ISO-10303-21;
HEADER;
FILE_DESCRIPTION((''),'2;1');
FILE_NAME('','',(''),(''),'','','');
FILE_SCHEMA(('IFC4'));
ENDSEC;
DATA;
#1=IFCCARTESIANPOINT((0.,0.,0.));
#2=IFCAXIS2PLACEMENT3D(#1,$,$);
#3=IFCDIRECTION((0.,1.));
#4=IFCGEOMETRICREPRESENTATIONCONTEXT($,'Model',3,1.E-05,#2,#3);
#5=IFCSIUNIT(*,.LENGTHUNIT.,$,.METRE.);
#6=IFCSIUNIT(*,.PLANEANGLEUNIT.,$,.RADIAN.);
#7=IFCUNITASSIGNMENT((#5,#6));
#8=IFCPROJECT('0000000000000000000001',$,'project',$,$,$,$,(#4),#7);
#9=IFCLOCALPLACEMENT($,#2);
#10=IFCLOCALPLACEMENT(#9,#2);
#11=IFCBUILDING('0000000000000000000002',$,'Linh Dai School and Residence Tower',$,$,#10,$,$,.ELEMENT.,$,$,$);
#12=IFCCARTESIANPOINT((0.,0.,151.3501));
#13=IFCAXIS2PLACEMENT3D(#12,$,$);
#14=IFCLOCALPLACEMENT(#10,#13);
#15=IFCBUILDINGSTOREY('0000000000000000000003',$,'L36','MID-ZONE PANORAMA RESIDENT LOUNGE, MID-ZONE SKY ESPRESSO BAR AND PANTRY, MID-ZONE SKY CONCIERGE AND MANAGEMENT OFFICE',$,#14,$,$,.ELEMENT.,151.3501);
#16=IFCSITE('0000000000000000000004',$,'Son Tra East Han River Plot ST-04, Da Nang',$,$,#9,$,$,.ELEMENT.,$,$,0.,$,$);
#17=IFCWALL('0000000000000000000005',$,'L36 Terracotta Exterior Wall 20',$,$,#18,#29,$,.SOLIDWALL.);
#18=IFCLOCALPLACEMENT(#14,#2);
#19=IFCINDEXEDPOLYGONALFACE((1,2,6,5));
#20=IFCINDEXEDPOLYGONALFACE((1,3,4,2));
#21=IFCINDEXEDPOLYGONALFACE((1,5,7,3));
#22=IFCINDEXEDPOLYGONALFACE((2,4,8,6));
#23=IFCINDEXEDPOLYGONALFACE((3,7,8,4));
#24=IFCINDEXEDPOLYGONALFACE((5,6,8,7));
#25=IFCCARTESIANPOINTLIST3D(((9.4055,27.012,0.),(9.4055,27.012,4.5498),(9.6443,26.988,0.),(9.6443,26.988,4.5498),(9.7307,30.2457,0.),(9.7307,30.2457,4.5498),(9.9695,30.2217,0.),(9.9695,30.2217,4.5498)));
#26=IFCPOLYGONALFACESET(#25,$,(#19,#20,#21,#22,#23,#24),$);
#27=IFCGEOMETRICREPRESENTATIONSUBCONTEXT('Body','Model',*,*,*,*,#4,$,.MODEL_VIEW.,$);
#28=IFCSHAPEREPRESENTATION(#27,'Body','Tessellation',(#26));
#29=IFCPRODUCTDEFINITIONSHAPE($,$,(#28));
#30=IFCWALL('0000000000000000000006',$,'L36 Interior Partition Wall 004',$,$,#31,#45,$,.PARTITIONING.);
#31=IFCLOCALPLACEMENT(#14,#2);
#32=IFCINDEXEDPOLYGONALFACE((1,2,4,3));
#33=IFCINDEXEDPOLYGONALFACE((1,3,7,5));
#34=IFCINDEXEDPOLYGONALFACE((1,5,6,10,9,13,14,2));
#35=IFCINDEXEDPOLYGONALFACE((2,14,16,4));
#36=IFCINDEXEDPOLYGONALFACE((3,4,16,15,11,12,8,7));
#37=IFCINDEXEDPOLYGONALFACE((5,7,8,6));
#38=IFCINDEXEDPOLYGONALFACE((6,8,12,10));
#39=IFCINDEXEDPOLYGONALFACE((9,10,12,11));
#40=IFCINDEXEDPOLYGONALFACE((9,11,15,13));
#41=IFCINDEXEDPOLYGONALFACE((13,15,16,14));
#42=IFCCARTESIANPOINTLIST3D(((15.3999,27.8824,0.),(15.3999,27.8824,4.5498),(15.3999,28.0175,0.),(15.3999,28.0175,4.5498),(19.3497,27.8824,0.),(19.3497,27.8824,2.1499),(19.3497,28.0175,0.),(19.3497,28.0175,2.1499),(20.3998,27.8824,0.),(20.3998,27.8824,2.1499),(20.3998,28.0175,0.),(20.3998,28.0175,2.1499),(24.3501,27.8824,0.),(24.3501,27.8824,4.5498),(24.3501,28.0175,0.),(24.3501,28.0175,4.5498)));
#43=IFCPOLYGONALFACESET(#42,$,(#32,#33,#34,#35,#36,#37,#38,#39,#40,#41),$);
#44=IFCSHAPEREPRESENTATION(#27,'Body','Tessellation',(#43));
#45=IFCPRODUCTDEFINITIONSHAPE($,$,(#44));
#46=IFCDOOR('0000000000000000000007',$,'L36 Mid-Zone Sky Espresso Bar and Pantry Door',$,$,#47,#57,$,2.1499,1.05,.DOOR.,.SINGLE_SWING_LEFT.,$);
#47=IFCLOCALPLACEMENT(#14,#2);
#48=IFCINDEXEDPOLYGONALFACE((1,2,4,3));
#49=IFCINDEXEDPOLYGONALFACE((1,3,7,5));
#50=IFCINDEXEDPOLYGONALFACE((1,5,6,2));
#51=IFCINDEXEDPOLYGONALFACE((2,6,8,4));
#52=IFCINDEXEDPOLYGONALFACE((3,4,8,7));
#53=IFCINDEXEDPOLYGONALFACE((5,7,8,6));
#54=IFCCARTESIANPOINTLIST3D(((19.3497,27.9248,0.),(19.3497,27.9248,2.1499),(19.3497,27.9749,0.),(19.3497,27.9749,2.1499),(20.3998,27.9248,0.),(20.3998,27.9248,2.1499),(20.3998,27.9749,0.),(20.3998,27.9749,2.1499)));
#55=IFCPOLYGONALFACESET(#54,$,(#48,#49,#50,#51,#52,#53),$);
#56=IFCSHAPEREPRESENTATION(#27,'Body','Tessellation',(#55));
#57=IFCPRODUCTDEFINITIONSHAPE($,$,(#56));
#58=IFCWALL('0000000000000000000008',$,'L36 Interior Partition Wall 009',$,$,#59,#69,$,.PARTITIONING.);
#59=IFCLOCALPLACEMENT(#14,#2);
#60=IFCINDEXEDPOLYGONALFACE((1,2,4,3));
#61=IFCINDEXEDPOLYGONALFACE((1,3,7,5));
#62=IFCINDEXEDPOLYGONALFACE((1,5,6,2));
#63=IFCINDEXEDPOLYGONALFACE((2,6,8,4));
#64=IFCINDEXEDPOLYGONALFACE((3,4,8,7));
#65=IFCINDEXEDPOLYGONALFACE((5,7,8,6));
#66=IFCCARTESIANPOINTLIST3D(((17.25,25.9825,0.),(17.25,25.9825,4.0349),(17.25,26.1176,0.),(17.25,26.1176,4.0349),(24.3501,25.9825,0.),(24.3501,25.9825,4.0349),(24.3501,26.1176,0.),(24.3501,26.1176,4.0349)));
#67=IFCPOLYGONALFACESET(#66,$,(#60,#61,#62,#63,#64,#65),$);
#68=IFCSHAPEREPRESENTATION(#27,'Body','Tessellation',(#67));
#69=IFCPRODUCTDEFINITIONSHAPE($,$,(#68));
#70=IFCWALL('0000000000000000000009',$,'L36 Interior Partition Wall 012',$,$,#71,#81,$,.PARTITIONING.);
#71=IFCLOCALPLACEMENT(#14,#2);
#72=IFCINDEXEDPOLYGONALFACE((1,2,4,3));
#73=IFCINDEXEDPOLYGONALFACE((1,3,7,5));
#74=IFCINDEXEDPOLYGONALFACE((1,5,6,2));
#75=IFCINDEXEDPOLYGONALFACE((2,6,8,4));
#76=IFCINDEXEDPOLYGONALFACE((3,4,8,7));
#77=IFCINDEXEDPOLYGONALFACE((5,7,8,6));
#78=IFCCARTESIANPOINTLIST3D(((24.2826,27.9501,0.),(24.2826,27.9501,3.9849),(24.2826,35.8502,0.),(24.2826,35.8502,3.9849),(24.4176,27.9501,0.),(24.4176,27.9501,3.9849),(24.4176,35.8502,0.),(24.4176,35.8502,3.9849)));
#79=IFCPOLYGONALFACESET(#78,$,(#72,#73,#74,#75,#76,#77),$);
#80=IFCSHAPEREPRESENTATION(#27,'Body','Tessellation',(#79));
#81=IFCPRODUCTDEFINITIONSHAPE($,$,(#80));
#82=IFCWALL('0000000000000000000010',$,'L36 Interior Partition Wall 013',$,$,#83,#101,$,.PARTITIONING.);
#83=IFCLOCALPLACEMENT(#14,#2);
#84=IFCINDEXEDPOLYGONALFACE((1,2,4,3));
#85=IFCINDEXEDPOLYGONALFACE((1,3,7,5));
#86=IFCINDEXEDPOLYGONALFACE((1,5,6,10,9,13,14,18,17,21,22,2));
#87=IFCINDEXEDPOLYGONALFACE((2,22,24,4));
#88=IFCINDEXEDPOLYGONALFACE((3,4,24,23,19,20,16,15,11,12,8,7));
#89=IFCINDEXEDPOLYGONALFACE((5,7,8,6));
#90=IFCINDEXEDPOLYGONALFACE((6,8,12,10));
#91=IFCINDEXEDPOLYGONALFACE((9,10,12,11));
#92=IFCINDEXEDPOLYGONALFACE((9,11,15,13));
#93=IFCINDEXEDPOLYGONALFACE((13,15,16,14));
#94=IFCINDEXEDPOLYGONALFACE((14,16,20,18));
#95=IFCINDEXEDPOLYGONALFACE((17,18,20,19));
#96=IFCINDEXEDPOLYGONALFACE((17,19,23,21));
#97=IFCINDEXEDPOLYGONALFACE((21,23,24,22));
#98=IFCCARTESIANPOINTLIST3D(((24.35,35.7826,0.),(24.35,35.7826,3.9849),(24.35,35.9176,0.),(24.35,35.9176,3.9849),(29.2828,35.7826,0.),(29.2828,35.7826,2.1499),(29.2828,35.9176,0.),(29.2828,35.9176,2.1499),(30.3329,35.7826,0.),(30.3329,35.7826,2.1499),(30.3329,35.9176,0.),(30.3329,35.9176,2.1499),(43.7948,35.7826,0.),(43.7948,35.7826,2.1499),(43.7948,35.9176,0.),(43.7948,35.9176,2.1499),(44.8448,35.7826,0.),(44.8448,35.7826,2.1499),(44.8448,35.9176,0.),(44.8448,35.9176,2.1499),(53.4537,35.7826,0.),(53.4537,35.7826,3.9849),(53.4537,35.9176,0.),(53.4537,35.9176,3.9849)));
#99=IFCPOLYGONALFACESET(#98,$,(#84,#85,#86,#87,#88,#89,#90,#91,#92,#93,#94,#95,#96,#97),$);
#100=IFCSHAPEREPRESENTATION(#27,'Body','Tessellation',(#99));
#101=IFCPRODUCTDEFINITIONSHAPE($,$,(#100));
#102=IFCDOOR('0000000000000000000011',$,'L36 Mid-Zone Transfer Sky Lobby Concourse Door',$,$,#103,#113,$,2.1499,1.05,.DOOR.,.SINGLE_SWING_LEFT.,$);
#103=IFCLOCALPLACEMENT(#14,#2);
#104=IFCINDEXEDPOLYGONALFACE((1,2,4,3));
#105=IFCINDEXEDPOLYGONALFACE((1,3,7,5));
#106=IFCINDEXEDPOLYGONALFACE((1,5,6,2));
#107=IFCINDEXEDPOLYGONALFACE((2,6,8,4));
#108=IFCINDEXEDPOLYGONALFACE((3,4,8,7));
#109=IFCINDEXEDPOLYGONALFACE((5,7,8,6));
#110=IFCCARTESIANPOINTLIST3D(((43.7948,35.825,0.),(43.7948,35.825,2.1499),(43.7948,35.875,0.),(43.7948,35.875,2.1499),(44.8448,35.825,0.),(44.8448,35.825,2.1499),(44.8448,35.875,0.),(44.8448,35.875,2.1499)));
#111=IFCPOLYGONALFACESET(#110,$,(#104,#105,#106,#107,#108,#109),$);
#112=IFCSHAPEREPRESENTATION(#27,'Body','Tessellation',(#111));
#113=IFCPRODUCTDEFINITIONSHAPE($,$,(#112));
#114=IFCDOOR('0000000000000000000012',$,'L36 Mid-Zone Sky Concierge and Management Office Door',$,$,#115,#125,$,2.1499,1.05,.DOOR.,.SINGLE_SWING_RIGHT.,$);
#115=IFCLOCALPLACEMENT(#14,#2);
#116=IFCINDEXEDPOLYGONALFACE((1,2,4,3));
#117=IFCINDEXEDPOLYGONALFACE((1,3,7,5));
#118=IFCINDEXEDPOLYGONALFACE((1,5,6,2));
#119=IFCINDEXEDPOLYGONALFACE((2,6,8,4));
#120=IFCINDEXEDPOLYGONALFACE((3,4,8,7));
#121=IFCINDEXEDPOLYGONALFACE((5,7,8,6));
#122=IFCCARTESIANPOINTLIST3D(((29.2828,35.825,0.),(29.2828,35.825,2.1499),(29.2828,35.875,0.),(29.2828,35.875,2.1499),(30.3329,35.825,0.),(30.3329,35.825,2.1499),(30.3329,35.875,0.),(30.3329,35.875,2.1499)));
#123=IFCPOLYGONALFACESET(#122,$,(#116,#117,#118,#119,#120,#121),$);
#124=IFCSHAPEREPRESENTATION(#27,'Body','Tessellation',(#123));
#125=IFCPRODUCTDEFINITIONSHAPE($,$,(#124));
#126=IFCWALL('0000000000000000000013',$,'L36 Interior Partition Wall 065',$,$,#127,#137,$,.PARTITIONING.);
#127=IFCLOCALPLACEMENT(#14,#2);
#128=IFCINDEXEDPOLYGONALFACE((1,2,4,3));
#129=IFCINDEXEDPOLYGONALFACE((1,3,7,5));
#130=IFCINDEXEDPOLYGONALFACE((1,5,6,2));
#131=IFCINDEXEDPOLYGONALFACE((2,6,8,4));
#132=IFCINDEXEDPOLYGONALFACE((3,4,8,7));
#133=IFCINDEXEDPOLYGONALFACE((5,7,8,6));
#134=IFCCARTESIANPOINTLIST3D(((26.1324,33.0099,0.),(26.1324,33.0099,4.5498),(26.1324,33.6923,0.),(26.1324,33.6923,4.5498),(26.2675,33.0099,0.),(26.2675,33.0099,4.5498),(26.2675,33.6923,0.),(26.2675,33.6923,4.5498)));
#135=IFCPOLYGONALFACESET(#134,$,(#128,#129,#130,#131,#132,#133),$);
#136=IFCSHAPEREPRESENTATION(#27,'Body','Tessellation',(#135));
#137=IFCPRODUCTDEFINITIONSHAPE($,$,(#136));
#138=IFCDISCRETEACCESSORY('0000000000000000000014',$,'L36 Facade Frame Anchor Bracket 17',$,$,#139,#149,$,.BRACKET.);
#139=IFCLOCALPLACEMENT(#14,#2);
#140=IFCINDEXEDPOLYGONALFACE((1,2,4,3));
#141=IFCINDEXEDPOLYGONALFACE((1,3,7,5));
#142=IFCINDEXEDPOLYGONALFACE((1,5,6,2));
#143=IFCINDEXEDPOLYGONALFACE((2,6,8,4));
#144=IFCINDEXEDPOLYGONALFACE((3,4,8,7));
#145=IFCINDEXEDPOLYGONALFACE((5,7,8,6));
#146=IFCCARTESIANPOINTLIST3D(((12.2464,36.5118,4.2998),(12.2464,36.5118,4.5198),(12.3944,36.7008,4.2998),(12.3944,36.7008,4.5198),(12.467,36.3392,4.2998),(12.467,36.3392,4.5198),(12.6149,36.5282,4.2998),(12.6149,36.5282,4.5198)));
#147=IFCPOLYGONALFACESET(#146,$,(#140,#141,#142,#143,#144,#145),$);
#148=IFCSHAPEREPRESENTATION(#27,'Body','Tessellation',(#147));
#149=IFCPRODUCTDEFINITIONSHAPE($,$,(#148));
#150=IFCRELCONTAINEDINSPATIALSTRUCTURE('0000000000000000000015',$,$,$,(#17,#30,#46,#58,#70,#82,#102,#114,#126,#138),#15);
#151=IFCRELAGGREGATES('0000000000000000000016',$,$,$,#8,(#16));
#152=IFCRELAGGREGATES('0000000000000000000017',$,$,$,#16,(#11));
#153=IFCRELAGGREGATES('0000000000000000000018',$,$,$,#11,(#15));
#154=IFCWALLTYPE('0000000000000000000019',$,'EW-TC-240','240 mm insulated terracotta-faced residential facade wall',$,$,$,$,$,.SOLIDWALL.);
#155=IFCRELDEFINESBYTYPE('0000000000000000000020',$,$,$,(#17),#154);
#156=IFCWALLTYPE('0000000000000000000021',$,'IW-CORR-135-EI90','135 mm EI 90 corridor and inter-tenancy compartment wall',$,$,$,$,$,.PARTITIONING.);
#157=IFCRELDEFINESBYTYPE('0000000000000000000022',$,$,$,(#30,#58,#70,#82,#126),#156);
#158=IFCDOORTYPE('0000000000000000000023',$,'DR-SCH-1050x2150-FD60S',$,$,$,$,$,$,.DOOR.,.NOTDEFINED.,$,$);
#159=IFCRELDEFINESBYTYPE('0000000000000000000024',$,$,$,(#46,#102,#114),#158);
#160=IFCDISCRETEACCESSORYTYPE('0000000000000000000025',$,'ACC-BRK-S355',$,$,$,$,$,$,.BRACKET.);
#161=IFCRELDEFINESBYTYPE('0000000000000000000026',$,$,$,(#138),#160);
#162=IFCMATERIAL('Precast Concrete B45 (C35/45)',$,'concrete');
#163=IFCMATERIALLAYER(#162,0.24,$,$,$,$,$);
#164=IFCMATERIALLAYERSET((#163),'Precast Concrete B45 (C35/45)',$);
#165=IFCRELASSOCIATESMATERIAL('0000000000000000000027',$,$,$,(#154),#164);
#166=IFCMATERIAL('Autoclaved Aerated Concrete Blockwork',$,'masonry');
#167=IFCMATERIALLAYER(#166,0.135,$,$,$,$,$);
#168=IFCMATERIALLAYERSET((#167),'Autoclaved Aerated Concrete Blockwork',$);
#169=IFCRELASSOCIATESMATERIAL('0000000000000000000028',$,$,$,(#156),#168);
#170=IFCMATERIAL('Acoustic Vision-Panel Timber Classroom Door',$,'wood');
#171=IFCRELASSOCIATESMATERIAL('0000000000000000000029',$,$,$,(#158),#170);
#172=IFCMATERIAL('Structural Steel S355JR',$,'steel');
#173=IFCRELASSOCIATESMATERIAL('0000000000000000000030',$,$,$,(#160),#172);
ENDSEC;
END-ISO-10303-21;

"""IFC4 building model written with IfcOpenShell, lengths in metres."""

from ifc_helpers import new_model, si_unit, direction, frame, frame_2d, origin, origin_2d, place, context, subcontext, project, spatial, rectangle, extrude, source, transform, mapped, material, layer, layer_set, type_object, element, fill, save


model = new_model("IFC4")

# Units and contexts
model_context = context("Model", 3, precision=1e-05, world=origin(), true_north=direction((0.0, 1.0)))
body_context = subcontext(model_context, "Body", "Model", "MODEL_VIEW")
ifc_project = project(units=[si_unit("LENGTHUNIT", "METRE"), si_unit("PLANEANGLEUNIT", "RADIAN")], contexts=[model_context])

# Site, building, storey
site_placement = place(None, origin())
site = spatial("IfcSite", under=ifc_project, at=site_placement, Name="Son Tra East Han River Plot ST-04, Da Nang", CompositionType="ELEMENT", RefElevation=0.0)
building_placement = place(site_placement, origin())
building = spatial("IfcBuilding", under=site, at=building_placement, Name="Linh Dai School and Residence Tower", CompositionType="ELEMENT")
storey_placement = place(building_placement, frame((0.0, 0.0, 151.3501)))
storey = spatial("IfcBuildingStorey", under=building, at=storey_placement, Name="L36", Description="MID-ZONE PANORAMA RESIDENT LOUNGE, MID-ZONE SKY ESPRESSO BAR AND PANTRY, MID-ZONE SKY CONCIERGE AND MANAGEMENT OFFICE", CompositionType="ELEMENT", Elevation=151.3501)

# Shared definitions
ifc_material_1 = material(Name="Structural Steel S355JR", Category="steel")

# Shared definitions
ifc_material_2 = material(Name="Precast Concrete B45 (C35/45)", Category="concrete")

# Shared definitions
ifc_layer_1 = layer(ifc_material_2, 0.24)
ifc_layer_set_1 = layer_set([ifc_layer_1], Name="Precast Concrete B45 (C35/45)")
wall_type_1 = type_object("IfcWallType", Name="EW-TC-240", Description="240 mm insulated terracotta-faced residential facade wall", PredefinedType="SOLIDWALL", material=ifc_layer_set_1)

# Wall
wall_1_placement = place(storey_placement, frame((9.5249, 27.0, 0.0), z_axis=(0.0, 0.0, 1.0), x_axis=(0.100062, 0.994981, 0.0)))
element("IfcWall", 1, at=wall_1_placement, inside=storey, type_object=wall_type_1, Name="L36 Terracotta Exterior Wall 20", PredefinedType="SOLIDWALL", context=body_context, shape_type="SweptSolid", body=[
    extrude(rectangle(XDim=3.25, YDim=0.24, at=frame_2d((1.625, 0.0))), origin(), (0.0, 0.0, 1.0), 4.5498),
])

# Wall, opening, door
ifc_material_3 = material(Name="Autoclaved Aerated Concrete Blockwork", Category="masonry")
ifc_layer_2 = layer(ifc_material_3, 0.135)
ifc_layer_set_2 = layer_set([ifc_layer_2], Name="Autoclaved Aerated Concrete Blockwork")
wall_type_2 = type_object("IfcWallType", Name="IW-CORR-135-EI90", Description="135 mm EI 90 corridor and inter-tenancy compartment wall", PredefinedType="PARTITIONING", material=ifc_layer_set_2)
wall_2_placement = place(storey_placement, frame((15.3999, 27.95, 0.0), z_axis=(0.0, 0.0, 1.0), x_axis=(1.0, 0.0, 0.0)))
wall_2 = element("IfcWall", 2, at=wall_2_placement, inside=storey, type_object=wall_type_2, Name="L36 Interior Partition Wall 004", PredefinedType="PARTITIONING", context=body_context, shape_type="SweptSolid", body=[
    extrude(rectangle(XDim=8.9502, YDim=0.135, at=frame_2d((4.4751, 0.0))), origin(), (0.0, 0.0, 1.0), 4.5498),
])
opening_1_placement = place(wall_2_placement, frame((3.95, 0.0, 0.0)))
opening_1 = element("IfcOpeningElement", 3, at=opening_1_placement, cuts=wall_2, PredefinedType="OPENING", context=body_context, shape_type="SweptSolid", body=[
    extrude(rectangle(XDim=1.05, YDim=2.1499, at=origin_2d()), frame((0.5249, 0.0776, 1.075), z_axis=(0.0, -1.0, 0.0), x_axis=(1.0, 0.0, 0.0)), (0.0, 0.0, 1.0), 0.155),
])
ifc_material_4 = material(Name="Acoustic Vision-Panel Timber Classroom Door", Category="wood")
door_type = type_object("IfcDoorType", Name="DR-SCH-1050x2150-FD60S", OperationType="NOTDEFINED", PredefinedType="DOOR", material=ifc_material_4)
shared_shape_1 = source(origin(), body_context, "Body", "SweptSolid", [
    extrude(rectangle(XDim=1.05, YDim=2.1499, at=origin_2d()), frame((0.5249, 0.0249, 1.075), z_axis=(0.0, -1.0, 0.0), x_axis=(1.0, 0.0, 0.0)), (0.0, 0.0, 1.0), 0.05),
])
door_1_placement = place(opening_1_placement, origin())
door_1 = element("IfcDoor", 4, at=door_1_placement, inside=storey, type_object=door_type, Name="L36 Mid-Zone Sky Espresso Bar and Pantry Door", OperationType="SINGLE_SWING_LEFT", OverallHeight=2.1499, OverallWidth=1.05, PredefinedType="DOOR", context=body_context, shape_type="MappedRepresentation", body=[
    mapped(shared_shape_1, transform((0.0, 0.0, 0.0), x_axis=(1.0, 0.0, 0.0), y_axis=(0.0, 1.0, 0.0), z_axis=(0.0, 0.0, 1.0), scale=1.0)),
])
fill(opening_1, door_1)

# Walls
wall_3_placement = place(storey_placement, frame((17.25, 26.05, 0.0), z_axis=(0.0, 0.0, 1.0), x_axis=(1.0, 0.0, 0.0)))
element("IfcWall", 5, at=wall_3_placement, inside=storey, type_object=wall_type_2, Name="L36 Interior Partition Wall 009", PredefinedType="PARTITIONING", context=body_context, shape_type="SweptSolid", body=[
    extrude(rectangle(XDim=7.1001, YDim=0.135, at=frame_2d((3.55, 0.0))), origin(), (0.0, 0.0, 1.0), 4.0349),
])
wall_4_placement = place(storey_placement, frame((24.3501, 27.95, 0.0), z_axis=(0.0, 0.0, 1.0), x_axis=(0.0, 1.0, 0.0)))
element("IfcWall", 6, at=wall_4_placement, inside=storey, type_object=wall_type_2, Name="L36 Interior Partition Wall 012", PredefinedType="PARTITIONING", context=body_context, shape_type="SweptSolid", body=[
    extrude(rectangle(XDim=7.9001, YDim=0.135, at=frame_2d((3.9502, 0.0))), origin(), (0.0, 0.0, 1.0), 3.9849),
])

# Wall, openings, doors
wall_5_placement = place(storey_placement, frame((24.3501, 35.8501, 0.0), z_axis=(0.0, 0.0, 1.0), x_axis=(1.0, 0.0, 0.0)))
wall_5 = element("IfcWall", 7, at=wall_5_placement, inside=storey, type_object=wall_type_2, Name="L36 Interior Partition Wall 013", PredefinedType="PARTITIONING", context=body_context, shape_type="SweptSolid", body=[
    extrude(rectangle(XDim=29.1038, YDim=0.135, at=frame_2d((14.5518, 0.0))), origin(), (0.0, 0.0, 1.0), 3.9849),
])
opening_2_placement = place(wall_5_placement, frame((19.4448, 0.0, 0.0)))
opening_2 = element("IfcOpeningElement", 8, at=opening_2_placement, cuts=wall_5, PredefinedType="OPENING", context=body_context, shape_type="SweptSolid", body=[
    extrude(rectangle(XDim=1.05, YDim=2.1499, at=origin_2d()), frame((0.5249, 0.0776, 1.075), z_axis=(0.0, -1.0, 0.0), x_axis=(1.0, 0.0, 0.0)), (0.0, 0.0, 1.0), 0.155),
])
opening_3_placement = place(wall_5_placement, frame((4.9329, 0.0, 0.0)))
opening_3 = element("IfcOpeningElement", 9, at=opening_3_placement, cuts=wall_5, PredefinedType="OPENING", context=body_context, shape_type="SweptSolid", body=[
    extrude(rectangle(XDim=1.05, YDim=2.1499, at=origin_2d()), frame((0.5249, 0.0776, 1.075), z_axis=(0.0, -1.0, 0.0), x_axis=(1.0, 0.0, 0.0)), (0.0, 0.0, 1.0), 0.155),
])
door_2_placement = place(opening_2_placement, origin())
door_2 = element("IfcDoor", 10, at=door_2_placement, inside=storey, type_object=door_type, Name="L36 Mid-Zone Transfer Sky Lobby Concourse Door", OperationType="SINGLE_SWING_LEFT", OverallHeight=2.1499, OverallWidth=1.05, PredefinedType="DOOR", context=body_context, shape_type="MappedRepresentation", body=[
    mapped(shared_shape_1, transform((0.0, 0.0, 0.0), x_axis=(1.0, 0.0, 0.0), y_axis=(0.0, 1.0, 0.0), z_axis=(0.0, 0.0, 1.0), scale=1.0)),
])
fill(opening_2, door_2)
door_3_placement = place(opening_3_placement, origin())
door_3 = element("IfcDoor", 11, at=door_3_placement, inside=storey, type_object=door_type, Name="L36 Mid-Zone Sky Concierge and Management Office Door", OperationType="SINGLE_SWING_RIGHT", OverallHeight=2.1499, OverallWidth=1.05, PredefinedType="DOOR", context=body_context, shape_type="MappedRepresentation", body=[
    mapped(shared_shape_1, transform((0.0, 0.0, 0.0), x_axis=(1.0, 0.0, 0.0), y_axis=(0.0, 1.0, 0.0), z_axis=(0.0, 0.0, 1.0), scale=1.0)),
])
fill(opening_3, door_3)

# Wall
wall_6_placement = place(storey_placement, frame((26.2, 33.6924, 0.0), z_axis=(0.0, 0.0, 1.0), x_axis=(0.0, -1.0, 0.0)))
element("IfcWall", 12, at=wall_6_placement, inside=storey, type_object=wall_type_2, Name="L36 Interior Partition Wall 065", PredefinedType="PARTITIONING", context=body_context, shape_type="SweptSolid", body=[
    extrude(rectangle(XDim=0.6824, YDim=0.135, at=frame_2d((0.3413, 0.0))), origin(), (0.0, 0.0, 1.0), 4.5498),
])

# Discrete accessory
discrete_accessory_type = type_object("IfcDiscreteAccessoryType", Name="ACC-BRK-S355", PredefinedType="BRACKET", material=ifc_material_1)
shared_shape_2 = source(origin(), body_context, "Body", "SweptSolid", [
    extrude(rectangle(XDim=0.28, YDim=0.24, at=origin_2d()), origin(), (0.0, 0.0, 1.0), 0.22),
])
discrete_accessory_placement = place(storey_placement, frame((12.4307, 36.52, 4.2998), z_axis=(0.0, 0.0, 1.0), x_axis=(-0.787522, 0.616286, 0.0)))
element("IfcDiscreteAccessory", 13, at=discrete_accessory_placement, inside=storey, type_object=discrete_accessory_type, Name="L36 Facade Frame Anchor Bracket 17", PredefinedType="BRACKET", context=body_context, shape_type="MappedRepresentation", body=[
    mapped(shared_shape_2, transform((0.0, 0.0, 0.0), x_axis=(1.0, 0.0, 0.0), y_axis=(0.0, 1.0, 0.0), z_axis=(0.0, 0.0, 1.0), scale=1.0)),
])

save(model, "model.ifc")
